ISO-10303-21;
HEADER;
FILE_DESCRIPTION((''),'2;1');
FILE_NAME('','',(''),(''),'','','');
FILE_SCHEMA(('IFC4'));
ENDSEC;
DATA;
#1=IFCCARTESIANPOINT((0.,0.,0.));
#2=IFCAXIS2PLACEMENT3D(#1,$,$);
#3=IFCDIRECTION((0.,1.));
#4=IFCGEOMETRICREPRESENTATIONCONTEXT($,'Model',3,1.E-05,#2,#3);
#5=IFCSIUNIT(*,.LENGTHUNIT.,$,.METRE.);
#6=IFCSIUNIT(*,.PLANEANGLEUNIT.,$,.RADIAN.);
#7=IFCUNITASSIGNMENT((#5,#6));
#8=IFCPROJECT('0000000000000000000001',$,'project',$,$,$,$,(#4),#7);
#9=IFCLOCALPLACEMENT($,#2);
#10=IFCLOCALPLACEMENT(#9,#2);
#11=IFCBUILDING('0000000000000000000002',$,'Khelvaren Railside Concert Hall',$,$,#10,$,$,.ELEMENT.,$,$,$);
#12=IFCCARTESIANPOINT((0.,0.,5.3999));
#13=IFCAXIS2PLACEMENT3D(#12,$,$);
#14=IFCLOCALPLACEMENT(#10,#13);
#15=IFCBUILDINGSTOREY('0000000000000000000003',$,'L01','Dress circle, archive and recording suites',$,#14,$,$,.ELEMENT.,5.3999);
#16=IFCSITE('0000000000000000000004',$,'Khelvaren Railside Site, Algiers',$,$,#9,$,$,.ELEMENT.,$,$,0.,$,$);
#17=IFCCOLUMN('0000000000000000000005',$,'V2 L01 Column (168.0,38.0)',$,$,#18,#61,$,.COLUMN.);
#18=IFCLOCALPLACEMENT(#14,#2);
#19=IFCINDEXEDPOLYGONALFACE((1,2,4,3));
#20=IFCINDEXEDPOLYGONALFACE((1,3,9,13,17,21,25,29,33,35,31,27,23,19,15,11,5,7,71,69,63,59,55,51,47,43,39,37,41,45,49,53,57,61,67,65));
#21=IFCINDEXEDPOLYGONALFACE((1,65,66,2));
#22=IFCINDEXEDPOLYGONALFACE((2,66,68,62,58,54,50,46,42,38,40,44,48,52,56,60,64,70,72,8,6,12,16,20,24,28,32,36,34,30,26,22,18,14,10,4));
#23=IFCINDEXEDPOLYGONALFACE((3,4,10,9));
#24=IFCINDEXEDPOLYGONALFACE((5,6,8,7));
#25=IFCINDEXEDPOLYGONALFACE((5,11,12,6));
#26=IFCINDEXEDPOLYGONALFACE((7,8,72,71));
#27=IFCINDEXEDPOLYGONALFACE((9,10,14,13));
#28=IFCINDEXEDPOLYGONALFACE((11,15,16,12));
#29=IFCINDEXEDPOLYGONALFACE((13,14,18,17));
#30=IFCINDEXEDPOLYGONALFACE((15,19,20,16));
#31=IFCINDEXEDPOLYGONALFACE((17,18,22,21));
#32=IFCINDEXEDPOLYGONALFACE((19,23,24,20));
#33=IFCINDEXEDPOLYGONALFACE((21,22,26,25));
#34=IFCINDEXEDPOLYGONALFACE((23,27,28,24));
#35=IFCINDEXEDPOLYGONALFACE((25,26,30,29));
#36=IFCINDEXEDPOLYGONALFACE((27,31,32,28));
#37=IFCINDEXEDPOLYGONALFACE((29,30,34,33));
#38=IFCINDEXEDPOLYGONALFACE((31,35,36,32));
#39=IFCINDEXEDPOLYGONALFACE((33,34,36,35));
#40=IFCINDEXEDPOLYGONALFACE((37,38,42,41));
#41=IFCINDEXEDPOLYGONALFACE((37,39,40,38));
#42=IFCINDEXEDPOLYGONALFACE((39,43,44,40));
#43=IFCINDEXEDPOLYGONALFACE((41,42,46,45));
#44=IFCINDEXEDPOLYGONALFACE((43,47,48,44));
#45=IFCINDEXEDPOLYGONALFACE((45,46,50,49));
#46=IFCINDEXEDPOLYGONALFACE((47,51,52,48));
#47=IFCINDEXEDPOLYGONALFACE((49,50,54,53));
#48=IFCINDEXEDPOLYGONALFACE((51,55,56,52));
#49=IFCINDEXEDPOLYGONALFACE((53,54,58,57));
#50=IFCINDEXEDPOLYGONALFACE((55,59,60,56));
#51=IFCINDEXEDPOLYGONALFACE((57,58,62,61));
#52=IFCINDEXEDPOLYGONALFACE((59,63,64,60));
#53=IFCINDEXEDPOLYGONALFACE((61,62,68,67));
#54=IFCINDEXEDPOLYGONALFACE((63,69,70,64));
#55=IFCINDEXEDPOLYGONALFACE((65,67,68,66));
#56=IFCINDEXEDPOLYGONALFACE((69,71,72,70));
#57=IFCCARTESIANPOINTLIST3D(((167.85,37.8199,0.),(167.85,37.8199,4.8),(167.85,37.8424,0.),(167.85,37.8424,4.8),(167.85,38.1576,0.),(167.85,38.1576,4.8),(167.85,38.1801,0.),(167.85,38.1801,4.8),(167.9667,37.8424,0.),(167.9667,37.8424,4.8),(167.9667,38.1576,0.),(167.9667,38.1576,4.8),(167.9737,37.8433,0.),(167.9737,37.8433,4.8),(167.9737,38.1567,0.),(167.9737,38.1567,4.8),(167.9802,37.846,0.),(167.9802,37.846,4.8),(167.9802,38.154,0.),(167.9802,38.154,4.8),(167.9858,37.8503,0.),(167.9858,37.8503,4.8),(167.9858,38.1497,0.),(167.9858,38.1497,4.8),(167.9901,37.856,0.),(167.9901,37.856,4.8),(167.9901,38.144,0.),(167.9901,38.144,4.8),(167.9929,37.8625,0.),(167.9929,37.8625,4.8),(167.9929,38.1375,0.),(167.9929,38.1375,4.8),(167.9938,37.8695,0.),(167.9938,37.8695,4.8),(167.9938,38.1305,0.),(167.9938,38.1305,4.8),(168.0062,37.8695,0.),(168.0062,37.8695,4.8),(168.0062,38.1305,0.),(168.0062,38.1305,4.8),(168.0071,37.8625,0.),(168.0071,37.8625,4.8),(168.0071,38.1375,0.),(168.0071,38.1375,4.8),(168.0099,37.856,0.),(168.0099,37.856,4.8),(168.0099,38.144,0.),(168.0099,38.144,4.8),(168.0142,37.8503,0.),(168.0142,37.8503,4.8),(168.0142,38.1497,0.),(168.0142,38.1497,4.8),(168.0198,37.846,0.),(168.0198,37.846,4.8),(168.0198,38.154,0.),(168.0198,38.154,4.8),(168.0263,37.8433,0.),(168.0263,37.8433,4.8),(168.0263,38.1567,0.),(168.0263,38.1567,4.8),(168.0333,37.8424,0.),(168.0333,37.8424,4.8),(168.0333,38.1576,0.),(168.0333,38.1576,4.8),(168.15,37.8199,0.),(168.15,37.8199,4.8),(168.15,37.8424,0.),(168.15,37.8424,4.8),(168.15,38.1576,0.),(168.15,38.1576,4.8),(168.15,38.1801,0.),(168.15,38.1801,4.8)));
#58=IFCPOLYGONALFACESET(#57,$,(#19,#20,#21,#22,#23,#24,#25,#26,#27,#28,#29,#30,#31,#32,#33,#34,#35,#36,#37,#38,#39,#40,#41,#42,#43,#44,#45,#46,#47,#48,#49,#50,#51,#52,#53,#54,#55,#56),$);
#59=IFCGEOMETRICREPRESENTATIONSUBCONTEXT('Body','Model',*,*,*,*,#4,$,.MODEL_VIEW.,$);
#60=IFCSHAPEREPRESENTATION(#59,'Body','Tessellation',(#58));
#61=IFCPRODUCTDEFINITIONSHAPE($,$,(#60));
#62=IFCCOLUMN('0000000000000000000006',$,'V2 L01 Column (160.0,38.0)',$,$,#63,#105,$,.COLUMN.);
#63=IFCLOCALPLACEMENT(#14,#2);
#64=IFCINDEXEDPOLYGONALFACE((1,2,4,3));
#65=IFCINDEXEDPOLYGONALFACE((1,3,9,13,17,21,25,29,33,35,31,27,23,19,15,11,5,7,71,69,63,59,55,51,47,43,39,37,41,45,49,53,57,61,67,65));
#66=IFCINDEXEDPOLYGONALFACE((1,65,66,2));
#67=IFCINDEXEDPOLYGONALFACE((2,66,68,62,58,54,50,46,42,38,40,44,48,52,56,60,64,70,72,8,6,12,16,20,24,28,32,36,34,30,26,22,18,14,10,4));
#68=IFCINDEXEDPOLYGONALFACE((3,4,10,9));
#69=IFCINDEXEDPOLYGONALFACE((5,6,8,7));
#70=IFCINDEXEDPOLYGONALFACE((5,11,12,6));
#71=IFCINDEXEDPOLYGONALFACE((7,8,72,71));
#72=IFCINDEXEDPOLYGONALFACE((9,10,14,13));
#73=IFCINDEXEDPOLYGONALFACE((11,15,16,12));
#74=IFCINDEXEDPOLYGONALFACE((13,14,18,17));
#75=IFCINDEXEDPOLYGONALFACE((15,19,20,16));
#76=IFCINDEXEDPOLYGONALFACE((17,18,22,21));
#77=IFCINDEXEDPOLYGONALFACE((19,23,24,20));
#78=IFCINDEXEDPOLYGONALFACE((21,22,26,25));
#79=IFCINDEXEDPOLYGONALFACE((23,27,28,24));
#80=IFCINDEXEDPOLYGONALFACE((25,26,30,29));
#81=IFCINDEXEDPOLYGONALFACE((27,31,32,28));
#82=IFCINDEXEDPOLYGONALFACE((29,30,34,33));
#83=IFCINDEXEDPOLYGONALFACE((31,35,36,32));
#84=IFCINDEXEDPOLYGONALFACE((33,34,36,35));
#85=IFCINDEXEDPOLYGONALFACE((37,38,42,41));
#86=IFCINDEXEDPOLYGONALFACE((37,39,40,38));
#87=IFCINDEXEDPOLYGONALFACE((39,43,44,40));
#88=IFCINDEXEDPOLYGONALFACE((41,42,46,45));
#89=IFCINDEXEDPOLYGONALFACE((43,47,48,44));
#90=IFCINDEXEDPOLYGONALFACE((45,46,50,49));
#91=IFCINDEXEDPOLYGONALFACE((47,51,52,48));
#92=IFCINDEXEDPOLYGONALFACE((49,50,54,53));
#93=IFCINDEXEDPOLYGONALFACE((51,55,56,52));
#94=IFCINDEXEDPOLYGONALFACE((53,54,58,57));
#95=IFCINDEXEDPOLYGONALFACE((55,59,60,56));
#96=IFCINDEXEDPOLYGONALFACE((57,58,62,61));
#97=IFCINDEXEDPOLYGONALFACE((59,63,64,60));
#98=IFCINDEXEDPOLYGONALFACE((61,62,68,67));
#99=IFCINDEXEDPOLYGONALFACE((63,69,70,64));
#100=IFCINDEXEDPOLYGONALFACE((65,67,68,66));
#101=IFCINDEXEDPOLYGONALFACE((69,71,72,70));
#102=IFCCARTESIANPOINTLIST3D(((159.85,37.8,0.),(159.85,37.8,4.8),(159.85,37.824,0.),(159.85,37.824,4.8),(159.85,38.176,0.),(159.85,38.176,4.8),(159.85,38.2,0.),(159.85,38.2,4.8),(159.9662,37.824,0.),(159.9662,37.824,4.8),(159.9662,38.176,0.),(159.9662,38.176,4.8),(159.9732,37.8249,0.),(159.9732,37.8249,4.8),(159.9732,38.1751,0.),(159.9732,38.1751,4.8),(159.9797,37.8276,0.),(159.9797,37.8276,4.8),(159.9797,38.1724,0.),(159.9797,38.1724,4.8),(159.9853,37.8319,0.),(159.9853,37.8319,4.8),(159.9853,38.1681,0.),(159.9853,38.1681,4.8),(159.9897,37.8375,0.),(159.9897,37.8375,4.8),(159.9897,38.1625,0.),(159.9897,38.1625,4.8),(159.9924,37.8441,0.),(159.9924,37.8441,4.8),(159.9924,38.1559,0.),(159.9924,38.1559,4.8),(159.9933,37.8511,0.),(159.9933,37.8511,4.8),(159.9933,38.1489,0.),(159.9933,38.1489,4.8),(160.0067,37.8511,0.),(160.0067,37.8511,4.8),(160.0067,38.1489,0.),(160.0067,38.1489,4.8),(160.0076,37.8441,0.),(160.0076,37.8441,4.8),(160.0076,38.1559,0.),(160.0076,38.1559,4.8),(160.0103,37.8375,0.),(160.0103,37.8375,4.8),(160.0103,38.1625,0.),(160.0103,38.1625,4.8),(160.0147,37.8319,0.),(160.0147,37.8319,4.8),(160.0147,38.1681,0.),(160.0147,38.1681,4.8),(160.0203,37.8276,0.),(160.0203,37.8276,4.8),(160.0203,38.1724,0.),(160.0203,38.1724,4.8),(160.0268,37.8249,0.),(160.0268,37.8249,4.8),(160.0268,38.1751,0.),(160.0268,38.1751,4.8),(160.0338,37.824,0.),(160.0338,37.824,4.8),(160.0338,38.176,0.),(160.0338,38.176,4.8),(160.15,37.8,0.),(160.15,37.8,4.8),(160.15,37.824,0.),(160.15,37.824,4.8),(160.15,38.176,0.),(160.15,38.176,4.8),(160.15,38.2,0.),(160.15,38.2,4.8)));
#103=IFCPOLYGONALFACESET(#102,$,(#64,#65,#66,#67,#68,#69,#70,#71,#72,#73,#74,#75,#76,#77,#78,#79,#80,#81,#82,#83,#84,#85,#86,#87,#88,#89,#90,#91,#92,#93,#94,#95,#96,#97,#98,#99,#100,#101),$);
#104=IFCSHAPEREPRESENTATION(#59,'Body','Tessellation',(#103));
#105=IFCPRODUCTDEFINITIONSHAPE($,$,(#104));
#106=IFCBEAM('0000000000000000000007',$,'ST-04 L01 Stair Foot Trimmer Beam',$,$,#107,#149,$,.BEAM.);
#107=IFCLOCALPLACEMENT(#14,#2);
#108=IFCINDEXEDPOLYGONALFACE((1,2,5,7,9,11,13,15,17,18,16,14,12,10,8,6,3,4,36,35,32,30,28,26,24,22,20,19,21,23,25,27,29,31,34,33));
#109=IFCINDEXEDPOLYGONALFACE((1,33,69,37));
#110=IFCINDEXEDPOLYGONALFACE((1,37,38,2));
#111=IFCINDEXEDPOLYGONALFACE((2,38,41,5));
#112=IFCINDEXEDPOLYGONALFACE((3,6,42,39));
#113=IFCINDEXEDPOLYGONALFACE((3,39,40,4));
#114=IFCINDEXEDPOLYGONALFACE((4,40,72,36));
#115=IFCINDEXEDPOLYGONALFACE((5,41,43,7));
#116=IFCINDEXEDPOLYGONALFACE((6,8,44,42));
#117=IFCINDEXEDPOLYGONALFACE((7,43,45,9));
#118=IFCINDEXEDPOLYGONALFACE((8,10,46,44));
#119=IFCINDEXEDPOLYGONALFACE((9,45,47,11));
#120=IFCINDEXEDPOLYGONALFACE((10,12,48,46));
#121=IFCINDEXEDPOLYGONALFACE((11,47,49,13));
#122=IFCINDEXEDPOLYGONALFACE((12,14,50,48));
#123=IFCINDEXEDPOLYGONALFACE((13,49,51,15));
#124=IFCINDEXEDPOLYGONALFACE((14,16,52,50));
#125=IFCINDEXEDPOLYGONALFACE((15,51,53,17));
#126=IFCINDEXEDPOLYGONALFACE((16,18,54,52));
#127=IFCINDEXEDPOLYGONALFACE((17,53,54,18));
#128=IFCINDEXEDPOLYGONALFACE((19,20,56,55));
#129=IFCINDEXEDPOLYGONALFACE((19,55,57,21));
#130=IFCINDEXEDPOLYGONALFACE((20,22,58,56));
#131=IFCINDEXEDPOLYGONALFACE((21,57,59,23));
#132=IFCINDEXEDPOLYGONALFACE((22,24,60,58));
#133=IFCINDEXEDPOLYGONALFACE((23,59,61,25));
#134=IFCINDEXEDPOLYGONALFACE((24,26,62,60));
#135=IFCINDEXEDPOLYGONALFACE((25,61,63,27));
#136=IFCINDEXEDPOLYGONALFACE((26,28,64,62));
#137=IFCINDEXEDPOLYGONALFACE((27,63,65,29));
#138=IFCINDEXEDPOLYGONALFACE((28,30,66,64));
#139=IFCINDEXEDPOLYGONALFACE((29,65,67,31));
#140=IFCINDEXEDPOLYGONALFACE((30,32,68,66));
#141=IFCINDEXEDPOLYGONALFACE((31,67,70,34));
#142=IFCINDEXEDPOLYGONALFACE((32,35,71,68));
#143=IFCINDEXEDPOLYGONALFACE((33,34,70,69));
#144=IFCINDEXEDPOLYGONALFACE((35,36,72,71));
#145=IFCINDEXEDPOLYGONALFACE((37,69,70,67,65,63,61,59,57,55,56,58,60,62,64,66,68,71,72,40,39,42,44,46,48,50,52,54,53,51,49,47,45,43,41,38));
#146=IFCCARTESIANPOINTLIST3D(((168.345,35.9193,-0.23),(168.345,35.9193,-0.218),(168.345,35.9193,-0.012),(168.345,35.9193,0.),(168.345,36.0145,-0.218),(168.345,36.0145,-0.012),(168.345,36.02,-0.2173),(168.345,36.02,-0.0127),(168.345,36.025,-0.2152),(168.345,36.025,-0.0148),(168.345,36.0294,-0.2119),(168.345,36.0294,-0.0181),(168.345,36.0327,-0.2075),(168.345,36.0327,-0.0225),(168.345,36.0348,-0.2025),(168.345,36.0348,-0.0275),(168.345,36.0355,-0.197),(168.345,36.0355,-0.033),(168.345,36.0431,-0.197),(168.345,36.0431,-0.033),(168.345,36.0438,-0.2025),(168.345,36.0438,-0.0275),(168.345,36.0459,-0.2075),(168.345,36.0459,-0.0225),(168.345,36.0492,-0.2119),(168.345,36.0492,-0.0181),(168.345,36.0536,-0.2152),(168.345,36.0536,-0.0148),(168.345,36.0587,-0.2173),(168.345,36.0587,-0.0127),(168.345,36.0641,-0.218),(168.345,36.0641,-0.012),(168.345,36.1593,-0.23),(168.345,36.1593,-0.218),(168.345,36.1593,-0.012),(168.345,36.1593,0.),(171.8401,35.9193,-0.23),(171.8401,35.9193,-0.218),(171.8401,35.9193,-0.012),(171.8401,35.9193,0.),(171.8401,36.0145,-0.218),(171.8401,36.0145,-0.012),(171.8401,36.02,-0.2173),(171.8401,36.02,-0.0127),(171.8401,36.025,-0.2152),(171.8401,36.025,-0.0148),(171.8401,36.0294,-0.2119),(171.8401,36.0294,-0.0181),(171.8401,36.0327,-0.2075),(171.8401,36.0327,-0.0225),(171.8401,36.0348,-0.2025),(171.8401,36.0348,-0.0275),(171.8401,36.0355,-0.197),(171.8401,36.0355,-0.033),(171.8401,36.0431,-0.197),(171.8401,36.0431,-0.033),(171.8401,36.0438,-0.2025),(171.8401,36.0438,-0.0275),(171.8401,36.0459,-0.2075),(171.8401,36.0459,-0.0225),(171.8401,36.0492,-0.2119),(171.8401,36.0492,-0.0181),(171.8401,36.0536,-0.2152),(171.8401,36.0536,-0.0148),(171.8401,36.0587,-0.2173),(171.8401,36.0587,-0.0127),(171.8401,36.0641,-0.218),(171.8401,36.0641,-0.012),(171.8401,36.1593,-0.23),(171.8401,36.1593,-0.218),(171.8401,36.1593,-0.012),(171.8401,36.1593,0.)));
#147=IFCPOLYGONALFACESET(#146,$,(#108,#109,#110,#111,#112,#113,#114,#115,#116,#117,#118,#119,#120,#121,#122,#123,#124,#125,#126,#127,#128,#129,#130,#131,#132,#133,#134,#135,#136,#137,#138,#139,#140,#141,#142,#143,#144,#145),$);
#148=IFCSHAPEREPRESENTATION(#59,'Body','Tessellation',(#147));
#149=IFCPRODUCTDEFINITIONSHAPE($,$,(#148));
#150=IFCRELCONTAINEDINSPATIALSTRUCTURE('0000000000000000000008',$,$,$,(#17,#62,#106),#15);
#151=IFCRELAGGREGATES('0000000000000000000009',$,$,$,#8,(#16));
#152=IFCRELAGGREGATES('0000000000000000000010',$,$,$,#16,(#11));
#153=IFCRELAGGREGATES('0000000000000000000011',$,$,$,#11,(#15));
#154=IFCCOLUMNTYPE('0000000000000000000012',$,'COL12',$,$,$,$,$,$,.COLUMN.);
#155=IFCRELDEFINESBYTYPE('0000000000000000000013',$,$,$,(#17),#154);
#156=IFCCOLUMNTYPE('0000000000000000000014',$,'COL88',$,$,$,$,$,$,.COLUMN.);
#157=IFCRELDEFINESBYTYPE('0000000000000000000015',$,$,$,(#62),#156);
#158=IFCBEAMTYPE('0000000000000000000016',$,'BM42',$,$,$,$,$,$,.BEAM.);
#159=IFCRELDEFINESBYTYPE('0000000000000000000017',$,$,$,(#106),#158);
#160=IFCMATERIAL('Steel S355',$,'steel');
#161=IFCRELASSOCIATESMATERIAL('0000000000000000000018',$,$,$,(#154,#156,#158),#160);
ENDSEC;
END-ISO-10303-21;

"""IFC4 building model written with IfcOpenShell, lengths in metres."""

from ifc_helpers import new_model, si_unit, direction, frame, origin, origin_2d, place, context, subcontext, project, spatial, i_section, extrude, material, material_profile, profile_set, type_object, element, save


model = new_model("IFC4")

# Units and contexts
model_context = context("Model", 3, precision=1e-05, world=origin(), true_north=direction((0.0, 1.0)))
body_context = subcontext(model_context, "Body", "Model", "MODEL_VIEW")
ifc_project = project(units=[si_unit("LENGTHUNIT", "METRE"), si_unit("PLANEANGLEUNIT", "RADIAN")], contexts=[model_context])

# Site, building, storey
site_placement = place(None, origin())
site = spatial("IfcSite", under=ifc_project, at=site_placement, Name="Khelvaren Railside Site, Algiers", CompositionType="ELEMENT", RefElevation=0.0)
building_placement = place(site_placement, origin())
building = spatial("IfcBuilding", under=site, at=building_placement, Name="Khelvaren Railside Concert Hall", CompositionType="ELEMENT")
storey_placement = place(building_placement, frame((0.0, 0.0, 5.3999)))
storey = spatial("IfcBuildingStorey", under=building, at=storey_placement, Name="L01", Description="Dress circle, archive and recording suites", CompositionType="ELEMENT", Elevation=5.3999)

# Columns
ifc_material_1 = material(Name="Steel S355", Category="steel")
ifc_material_profile_1 = material_profile(ifc_material_1, i_section(OverallWidth=0.3, OverallDepth=0.3601, WebThickness=0.0125, FlangeThickness=0.0225, FilletRadius=0.0271, at=origin_2d()), Name="HEB 360")
ifc_profile_set_1 = profile_set([ifc_material_profile_1], Name="Steel S355")
column_type_1 = type_object("IfcColumnType", Name="COL12", PredefinedType="COLUMN", material=ifc_profile_set_1)
column_1_placement = place(storey_placement, frame((168.0, 38.0, 0.0), z_axis=(0.0, 0.0, 1.0), x_axis=(1.0, 0.0, 0.0)))
element("IfcColumn", 1, at=column_1_placement, inside=storey, type_object=column_type_1, Name="V2 L01 Column (168.0,38.0)", PredefinedType="COLUMN", context=body_context, shape_type="SweptSolid", body=[
    extrude(i_section(OverallWidth=0.3, OverallDepth=0.3601, WebThickness=0.0125, FlangeThickness=0.0225, FilletRadius=0.0271, at=origin_2d()), origin(), (0.0, 0.0, 1.0), 4.8),
])
ifc_material_profile_2 = material_profile(ifc_material_1, i_section(OverallWidth=0.3, OverallDepth=0.3999, WebThickness=0.0134, FlangeThickness=0.0239, FilletRadius=0.0271, at=origin_2d()), Name="HEB 400")
ifc_profile_set_2 = profile_set([ifc_material_profile_2], Name="Steel S355")
column_type_2 = type_object("IfcColumnType", Name="COL88", PredefinedType="COLUMN", material=ifc_profile_set_2)
column_2_placement = place(storey_placement, frame((160.0, 38.0, 0.0), z_axis=(0.0, 0.0, 1.0), x_axis=(1.0, 0.0, 0.0)))
element("IfcColumn", 2, at=column_2_placement, inside=storey, type_object=column_type_2, Name="V2 L01 Column (160.0,38.0)", PredefinedType="COLUMN", context=body_context, shape_type="SweptSolid", body=[
    extrude(i_section(OverallWidth=0.3, OverallDepth=0.3999, WebThickness=0.0134, FlangeThickness=0.0239, FilletRadius=0.0271, at=origin_2d()), origin(), (0.0, 0.0, 1.0), 4.8),
])

# Beam
ifc_material_profile_3 = material_profile(ifc_material_1, i_section(OverallWidth=0.24, OverallDepth=0.23, WebThickness=0.0076, FlangeThickness=0.012, FilletRadius=0.021, at=origin_2d()), Name="HEA 240")
ifc_profile_set_3 = profile_set([ifc_material_profile_3], Name="Steel S355")
beam_type_1 = type_object("IfcBeamType", Name="BM42", PredefinedType="BEAM", material=ifc_profile_set_3)
beam_1_placement = place(storey_placement, frame((168.345, 36.0393, -0.115), z_axis=(1.0, 0.0, 0.0), x_axis=(0.0, 1.0, 0.0)))
element("IfcBeam", 3, at=beam_1_placement, inside=storey, type_object=beam_type_1, Name="ST-04 L01 Stair Foot Trimmer Beam", PredefinedType="BEAM", context=body_context, shape_type="SweptSolid", body=[
    extrude(i_section(OverallWidth=0.24, OverallDepth=0.23, WebThickness=0.0076, FlangeThickness=0.012, FilletRadius=0.021, at=origin_2d()), origin(), (0.0, 0.0, 1.0), 3.4951),
])

save(model, "model.ifc")
